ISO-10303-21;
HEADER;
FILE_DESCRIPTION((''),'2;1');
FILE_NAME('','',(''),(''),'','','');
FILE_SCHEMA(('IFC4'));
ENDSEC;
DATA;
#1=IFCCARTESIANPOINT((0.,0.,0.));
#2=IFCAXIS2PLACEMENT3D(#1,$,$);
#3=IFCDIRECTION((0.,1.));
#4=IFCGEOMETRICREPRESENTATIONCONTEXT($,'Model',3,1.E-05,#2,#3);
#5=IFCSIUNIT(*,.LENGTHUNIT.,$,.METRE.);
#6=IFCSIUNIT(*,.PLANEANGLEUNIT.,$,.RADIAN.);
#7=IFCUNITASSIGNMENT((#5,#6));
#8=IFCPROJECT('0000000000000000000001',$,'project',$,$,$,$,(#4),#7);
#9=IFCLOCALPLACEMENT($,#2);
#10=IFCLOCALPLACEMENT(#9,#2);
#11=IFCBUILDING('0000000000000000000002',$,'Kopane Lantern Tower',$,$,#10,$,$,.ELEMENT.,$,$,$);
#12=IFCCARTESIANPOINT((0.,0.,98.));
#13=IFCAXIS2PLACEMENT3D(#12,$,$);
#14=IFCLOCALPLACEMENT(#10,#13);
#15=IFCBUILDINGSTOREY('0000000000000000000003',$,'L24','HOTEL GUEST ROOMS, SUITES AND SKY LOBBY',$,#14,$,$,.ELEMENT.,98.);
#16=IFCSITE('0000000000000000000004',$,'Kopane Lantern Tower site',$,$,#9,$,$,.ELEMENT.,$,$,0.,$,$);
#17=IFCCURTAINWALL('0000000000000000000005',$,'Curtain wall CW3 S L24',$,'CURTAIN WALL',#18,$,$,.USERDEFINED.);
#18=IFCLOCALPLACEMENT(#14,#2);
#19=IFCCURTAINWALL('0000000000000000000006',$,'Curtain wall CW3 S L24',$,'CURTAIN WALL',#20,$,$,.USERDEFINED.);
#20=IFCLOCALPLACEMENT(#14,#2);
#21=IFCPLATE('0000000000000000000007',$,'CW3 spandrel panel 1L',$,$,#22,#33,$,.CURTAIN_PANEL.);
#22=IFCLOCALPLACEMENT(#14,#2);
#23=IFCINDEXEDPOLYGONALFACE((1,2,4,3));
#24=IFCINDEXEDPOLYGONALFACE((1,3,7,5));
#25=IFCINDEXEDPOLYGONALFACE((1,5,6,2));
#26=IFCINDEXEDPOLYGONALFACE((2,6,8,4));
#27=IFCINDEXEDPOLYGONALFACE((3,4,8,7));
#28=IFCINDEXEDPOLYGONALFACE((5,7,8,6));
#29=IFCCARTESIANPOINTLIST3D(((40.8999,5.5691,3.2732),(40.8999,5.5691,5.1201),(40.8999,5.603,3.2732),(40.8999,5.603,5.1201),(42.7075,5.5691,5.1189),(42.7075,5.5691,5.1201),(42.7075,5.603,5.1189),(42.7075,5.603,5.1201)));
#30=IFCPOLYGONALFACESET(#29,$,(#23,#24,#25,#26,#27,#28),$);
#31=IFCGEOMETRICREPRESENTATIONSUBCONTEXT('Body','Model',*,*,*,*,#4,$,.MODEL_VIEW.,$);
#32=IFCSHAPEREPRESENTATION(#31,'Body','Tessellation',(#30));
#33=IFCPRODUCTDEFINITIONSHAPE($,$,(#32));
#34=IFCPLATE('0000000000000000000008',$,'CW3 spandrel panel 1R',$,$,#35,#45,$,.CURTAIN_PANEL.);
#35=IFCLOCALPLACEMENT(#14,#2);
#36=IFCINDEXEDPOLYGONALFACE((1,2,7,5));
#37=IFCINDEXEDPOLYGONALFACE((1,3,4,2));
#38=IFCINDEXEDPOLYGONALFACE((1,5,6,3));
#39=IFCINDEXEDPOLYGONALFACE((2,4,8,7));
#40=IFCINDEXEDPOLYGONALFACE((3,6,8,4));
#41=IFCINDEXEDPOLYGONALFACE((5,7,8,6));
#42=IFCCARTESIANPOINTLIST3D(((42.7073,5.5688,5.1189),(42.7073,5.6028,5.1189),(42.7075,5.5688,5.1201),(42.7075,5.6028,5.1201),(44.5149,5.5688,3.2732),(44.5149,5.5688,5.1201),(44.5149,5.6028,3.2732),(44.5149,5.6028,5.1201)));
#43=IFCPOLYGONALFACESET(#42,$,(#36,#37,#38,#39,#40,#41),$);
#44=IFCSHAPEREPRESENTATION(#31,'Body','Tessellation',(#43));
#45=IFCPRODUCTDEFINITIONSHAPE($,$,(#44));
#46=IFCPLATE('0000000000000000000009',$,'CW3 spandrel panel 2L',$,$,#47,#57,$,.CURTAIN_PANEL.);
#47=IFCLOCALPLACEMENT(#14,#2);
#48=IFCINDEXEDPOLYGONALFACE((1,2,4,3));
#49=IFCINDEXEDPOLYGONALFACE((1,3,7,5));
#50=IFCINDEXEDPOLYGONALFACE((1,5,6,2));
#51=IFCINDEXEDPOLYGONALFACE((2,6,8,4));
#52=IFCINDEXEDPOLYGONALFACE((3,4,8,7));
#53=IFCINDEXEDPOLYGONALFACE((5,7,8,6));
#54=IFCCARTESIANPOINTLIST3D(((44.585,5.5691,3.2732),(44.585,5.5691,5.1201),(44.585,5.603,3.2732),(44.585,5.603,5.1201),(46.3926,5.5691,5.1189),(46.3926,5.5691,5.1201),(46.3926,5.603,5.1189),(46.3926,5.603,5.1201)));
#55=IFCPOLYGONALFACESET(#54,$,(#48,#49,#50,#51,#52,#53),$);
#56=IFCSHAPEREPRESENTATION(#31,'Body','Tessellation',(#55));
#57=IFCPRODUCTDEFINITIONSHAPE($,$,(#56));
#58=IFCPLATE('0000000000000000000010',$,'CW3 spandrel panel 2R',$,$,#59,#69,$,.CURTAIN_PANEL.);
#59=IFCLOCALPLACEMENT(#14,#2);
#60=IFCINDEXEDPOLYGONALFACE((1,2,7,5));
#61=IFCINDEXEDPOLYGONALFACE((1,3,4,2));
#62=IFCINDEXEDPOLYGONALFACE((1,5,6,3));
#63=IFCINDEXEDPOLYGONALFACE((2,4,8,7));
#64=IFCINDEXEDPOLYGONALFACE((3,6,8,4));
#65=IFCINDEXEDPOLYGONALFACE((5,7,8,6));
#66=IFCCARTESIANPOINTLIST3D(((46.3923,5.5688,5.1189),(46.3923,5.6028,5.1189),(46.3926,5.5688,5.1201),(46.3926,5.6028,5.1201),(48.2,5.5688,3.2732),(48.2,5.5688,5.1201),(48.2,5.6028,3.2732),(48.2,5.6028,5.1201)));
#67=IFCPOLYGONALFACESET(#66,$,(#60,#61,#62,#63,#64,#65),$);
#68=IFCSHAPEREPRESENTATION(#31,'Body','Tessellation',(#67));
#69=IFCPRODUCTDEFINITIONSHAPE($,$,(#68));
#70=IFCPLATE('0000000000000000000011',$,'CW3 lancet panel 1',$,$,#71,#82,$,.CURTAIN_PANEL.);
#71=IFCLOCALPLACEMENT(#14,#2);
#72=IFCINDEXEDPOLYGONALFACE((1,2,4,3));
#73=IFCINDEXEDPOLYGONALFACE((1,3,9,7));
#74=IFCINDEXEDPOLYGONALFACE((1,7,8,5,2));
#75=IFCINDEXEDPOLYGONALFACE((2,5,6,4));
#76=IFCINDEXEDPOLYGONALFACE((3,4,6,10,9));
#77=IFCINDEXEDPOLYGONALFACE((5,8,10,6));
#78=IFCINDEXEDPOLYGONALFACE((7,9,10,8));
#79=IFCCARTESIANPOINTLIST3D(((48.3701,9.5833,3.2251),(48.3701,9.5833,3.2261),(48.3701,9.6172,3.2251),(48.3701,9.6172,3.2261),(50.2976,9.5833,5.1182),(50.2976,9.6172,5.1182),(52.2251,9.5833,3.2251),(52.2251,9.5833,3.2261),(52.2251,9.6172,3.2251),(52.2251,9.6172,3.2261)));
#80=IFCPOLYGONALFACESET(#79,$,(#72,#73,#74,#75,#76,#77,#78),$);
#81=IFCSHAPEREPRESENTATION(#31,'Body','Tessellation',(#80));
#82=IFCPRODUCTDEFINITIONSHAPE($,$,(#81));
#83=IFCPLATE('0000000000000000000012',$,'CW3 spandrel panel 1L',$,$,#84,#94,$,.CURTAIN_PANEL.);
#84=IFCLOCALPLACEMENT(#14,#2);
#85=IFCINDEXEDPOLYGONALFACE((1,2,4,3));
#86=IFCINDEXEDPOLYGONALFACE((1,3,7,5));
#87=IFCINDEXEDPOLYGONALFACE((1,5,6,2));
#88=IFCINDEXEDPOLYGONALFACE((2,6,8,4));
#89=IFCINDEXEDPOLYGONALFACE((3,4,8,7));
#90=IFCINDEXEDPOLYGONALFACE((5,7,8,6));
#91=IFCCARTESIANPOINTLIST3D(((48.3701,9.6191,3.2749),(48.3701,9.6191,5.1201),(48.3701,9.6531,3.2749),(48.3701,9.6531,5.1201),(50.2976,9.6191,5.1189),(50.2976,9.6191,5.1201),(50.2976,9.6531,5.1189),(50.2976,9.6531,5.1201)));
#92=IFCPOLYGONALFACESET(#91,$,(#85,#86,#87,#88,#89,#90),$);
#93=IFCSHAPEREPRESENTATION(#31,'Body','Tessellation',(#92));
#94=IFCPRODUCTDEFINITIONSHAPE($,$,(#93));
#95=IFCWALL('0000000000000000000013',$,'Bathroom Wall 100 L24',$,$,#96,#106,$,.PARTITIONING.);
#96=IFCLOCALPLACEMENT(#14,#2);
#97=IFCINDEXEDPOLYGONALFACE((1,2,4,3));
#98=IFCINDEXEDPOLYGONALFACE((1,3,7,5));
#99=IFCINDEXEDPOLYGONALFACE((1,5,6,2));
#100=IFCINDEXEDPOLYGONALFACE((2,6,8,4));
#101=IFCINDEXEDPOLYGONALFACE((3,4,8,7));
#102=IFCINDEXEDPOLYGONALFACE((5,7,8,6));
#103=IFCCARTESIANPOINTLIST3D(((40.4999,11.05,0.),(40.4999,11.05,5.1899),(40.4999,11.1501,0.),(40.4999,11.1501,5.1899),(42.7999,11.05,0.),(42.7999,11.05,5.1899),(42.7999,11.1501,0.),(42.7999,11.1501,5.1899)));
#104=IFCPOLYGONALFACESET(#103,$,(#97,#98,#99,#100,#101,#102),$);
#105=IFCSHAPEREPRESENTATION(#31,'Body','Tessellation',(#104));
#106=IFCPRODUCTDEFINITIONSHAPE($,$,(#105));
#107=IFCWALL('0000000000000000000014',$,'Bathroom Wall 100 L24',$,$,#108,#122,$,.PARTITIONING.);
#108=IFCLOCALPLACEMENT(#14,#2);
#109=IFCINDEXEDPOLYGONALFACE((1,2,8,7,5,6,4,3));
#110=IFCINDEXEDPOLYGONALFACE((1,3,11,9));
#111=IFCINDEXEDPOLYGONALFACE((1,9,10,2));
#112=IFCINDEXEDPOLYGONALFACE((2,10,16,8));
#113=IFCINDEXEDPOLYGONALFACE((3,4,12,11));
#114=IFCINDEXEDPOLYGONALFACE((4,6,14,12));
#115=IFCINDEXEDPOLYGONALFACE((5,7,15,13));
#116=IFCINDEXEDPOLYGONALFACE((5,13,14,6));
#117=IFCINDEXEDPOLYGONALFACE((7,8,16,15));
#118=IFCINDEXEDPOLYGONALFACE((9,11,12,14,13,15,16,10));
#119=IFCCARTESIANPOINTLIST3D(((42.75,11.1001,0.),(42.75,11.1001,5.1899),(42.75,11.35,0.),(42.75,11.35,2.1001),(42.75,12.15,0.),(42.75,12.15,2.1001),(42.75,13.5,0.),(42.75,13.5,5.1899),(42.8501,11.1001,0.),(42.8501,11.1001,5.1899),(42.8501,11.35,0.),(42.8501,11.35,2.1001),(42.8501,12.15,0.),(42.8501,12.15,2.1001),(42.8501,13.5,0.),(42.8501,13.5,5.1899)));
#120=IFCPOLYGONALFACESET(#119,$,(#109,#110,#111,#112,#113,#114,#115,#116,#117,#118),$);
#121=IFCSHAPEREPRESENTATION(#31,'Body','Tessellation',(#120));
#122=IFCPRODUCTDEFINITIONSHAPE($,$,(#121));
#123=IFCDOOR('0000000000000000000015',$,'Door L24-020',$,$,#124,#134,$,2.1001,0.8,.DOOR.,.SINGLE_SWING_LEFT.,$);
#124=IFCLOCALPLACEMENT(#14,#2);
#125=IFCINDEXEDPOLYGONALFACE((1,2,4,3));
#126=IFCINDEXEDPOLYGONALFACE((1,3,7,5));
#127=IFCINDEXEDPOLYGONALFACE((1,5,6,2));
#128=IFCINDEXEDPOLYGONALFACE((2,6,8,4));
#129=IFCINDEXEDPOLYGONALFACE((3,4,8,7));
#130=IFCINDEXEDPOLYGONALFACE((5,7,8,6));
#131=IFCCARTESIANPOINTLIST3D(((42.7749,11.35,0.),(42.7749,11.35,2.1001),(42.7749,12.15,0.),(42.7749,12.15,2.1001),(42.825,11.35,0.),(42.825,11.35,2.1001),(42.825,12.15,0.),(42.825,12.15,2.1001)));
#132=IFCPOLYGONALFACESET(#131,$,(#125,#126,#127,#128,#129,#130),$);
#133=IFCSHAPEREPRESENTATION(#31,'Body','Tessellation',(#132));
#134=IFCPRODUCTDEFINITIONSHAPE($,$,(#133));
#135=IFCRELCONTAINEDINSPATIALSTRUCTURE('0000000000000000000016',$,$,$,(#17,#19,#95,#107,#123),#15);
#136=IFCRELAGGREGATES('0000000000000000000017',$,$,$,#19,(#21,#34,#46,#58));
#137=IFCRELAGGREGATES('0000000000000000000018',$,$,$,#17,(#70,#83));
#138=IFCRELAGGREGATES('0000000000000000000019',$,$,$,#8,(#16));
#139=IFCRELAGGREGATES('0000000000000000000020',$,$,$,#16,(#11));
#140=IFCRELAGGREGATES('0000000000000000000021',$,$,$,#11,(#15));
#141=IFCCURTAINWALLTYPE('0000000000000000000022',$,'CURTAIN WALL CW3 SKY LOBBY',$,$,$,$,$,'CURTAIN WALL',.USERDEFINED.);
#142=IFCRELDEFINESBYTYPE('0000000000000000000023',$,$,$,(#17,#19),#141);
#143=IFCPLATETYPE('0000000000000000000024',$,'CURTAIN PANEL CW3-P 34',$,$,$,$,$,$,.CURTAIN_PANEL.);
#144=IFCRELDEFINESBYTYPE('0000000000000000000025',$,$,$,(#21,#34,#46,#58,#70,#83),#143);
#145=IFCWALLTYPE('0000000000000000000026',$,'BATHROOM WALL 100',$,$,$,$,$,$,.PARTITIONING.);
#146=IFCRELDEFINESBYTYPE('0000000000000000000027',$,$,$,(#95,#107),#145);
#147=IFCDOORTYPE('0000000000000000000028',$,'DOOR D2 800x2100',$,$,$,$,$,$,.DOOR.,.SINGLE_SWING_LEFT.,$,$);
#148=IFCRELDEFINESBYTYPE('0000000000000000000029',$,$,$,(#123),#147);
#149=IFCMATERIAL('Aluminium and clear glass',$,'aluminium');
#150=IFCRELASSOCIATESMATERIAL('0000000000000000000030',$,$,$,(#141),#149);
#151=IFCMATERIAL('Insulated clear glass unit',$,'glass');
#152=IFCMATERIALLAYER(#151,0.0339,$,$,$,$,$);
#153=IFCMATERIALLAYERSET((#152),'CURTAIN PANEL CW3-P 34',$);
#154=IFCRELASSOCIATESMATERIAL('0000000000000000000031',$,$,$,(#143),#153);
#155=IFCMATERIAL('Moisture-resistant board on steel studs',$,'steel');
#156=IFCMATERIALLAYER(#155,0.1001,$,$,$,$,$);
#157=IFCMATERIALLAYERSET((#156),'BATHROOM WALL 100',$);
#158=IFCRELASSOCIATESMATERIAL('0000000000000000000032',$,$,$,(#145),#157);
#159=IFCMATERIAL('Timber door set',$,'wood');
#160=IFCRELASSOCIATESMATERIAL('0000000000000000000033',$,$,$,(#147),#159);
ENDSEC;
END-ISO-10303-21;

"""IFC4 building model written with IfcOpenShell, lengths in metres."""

from ifc_helpers import new_model, si_unit, direction, frame, frame_2d, origin, place, context, subcontext, project, spatial, polyline, rectangle, outline, extrude, material, layer, layer_set, type_object, element, fill, aggregate, save


model = new_model("IFC4")

# Units and contexts
model_context = context("Model", 3, precision=1e-05, world=origin(), true_north=direction((0.0, 1.0)))
body_context = subcontext(model_context, "Body", "Model", "MODEL_VIEW")
ifc_project = project(units=[si_unit("LENGTHUNIT", "METRE"), si_unit("PLANEANGLEUNIT", "RADIAN")], contexts=[model_context])

# Site, building, storey
site_placement = place(None, origin())
site = spatial("IfcSite", under=ifc_project, at=site_placement, Name="Kopane Lantern Tower site", CompositionType="ELEMENT", RefElevation=0.0)
building_placement = place(site_placement, origin())
building = spatial("IfcBuilding", under=site, at=building_placement, Name="Kopane Lantern Tower", CompositionType="ELEMENT")
storey_placement = place(building_placement, frame((0.0, 0.0, 98.0)))
storey = spatial("IfcBuildingStorey", under=building, at=storey_placement, Name="L24", Description="HOTEL GUEST ROOMS, SUITES AND SKY LOBBY", CompositionType="ELEMENT", Elevation=98.0)

# Curtain wall
ifc_material_1 = material(Name="Aluminium and clear glass", Category="aluminium")
curtain_wall_type = type_object("IfcCurtainWallType", Name="CURTAIN WALL CW3 SKY LOBBY", ElementType="CURTAIN WALL", PredefinedType="USERDEFINED", material=ifc_material_1)
curtain_wall_1_placement = place(storey_placement, origin())
curtain_wall_1 = element("IfcCurtainWall", 1, at=curtain_wall_1_placement, inside=storey, type_object=curtain_wall_type, Name="Curtain wall CW3 S L24", ObjectType="CURTAIN WALL", PredefinedType="USERDEFINED")

# Curtain wall, plates
ifc_material_2 = material(Name="Insulated clear glass unit", Category="glass")
ifc_layer_1 = layer(ifc_material_2, 0.0339)
ifc_layer_set_1 = layer_set([ifc_layer_1], Name="CURTAIN PANEL CW3-P 34")
plate_type = type_object("IfcPlateType", Name="CURTAIN PANEL CW3-P 34", PredefinedType="CURTAIN_PANEL", material=ifc_layer_set_1)
curtain_wall_2_placement = place(storey_placement, origin())
curtain_wall_2 = element("IfcCurtainWall", 2, at=curtain_wall_2_placement, inside=storey, type_object=curtain_wall_type, Name="Curtain wall CW3 S L24", ObjectType="CURTAIN WALL", PredefinedType="USERDEFINED")
plate_1_placement = place(storey_placement, frame((40.8999, 5.5859, 5.1201), z_axis=(0.0, 0.0, 1.0), x_axis=(1.0, 0.0, 0.0)))
plate_1 = element("IfcPlate", 3, at=plate_1_placement, type_object=plate_type, Name="CW3 spandrel panel 1L", PredefinedType="CURTAIN_PANEL", context=body_context, shape_type="SweptSolid", body=[
    extrude(outline(polyline([(0.0, 0.0), (1.8076, 0.0), (1.8076, -0.0012), (0.0, -1.8469), (0.0, 0.0)])), frame((0.0, 0.0171, 0.0), z_axis=(0.0, -1.0, 0.0), x_axis=(1.0, 0.0, 0.0)), (0.0, 0.0, 1.0), 0.0339),
])
plate_2_placement = place(storey_placement, frame((44.5149, 5.5859, 5.1201), z_axis=(0.0, 0.0, 1.0), x_axis=(-1.0, 0.0, 0.0)))
plate_2 = element("IfcPlate", 4, at=plate_2_placement, type_object=plate_type, Name="CW3 spandrel panel 1R", PredefinedType="CURTAIN_PANEL", context=body_context, shape_type="SweptSolid", body=[
    extrude(outline(polyline([(0.0, 0.0), (1.8074, 0.0), (1.8076, -0.0012), (0.0, -1.8469), (0.0, 0.0)])), frame((0.0, 0.0171, 0.0), z_axis=(0.0, -1.0, 0.0), x_axis=(1.0, 0.0, 0.0)), (0.0, 0.0, 1.0), 0.0339),
])
plate_3_placement = place(storey_placement, frame((44.585, 5.5859, 5.1201), z_axis=(0.0, 0.0, 1.0), x_axis=(1.0, 0.0, 0.0)))
plate_3 = element("IfcPlate", 5, at=plate_3_placement, type_object=plate_type, Name="CW3 spandrel panel 2L", PredefinedType="CURTAIN_PANEL", context=body_context, shape_type="SweptSolid", body=[
    extrude(outline(polyline([(0.0, 0.0), (1.8076, 0.0), (1.8076, -0.0012), (0.0, -1.8469), (0.0, 0.0)])), frame((0.0, 0.0171, 0.0), z_axis=(0.0, -1.0, 0.0), x_axis=(1.0, 0.0, 0.0)), (0.0, 0.0, 1.0), 0.0339),
])
plate_4_placement = place(storey_placement, frame((48.2, 5.5859, 5.1201), z_axis=(0.0, 0.0, 1.0), x_axis=(-1.0, 0.0, 0.0)))
plate_4 = element("IfcPlate", 6, at=plate_4_placement, type_object=plate_type, Name="CW3 spandrel panel 2R", PredefinedType="CURTAIN_PANEL", context=body_context, shape_type="SweptSolid", body=[
    extrude(outline(polyline([(0.0, 0.0), (1.8074, 0.0), (1.8076, -0.0012), (0.0, -1.8469), (0.0, 0.0)])), frame((0.0, 0.0171, 0.0), z_axis=(0.0, -1.0, 0.0), x_axis=(1.0, 0.0, 0.0)), (0.0, 0.0, 1.0), 0.0339),
])
aggregate(curtain_wall_2, [plate_1, plate_2, plate_3, plate_4])

# Plates
plate_5_placement = place(storey_placement, frame((48.3701, 9.6001, 3.2251), z_axis=(0.0, 0.0, 1.0), x_axis=(1.0, 0.0, 0.0)))
plate_5 = element("IfcPlate", 7, at=plate_5_placement, type_object=plate_type, Name="CW3 lancet panel 1", PredefinedType="CURTAIN_PANEL", context=body_context, shape_type="SweptSolid", body=[
    extrude(outline(polyline([(0.0, 0.0), (3.855, 0.0), (3.855, 0.001), (1.9275, 1.8931), (0.0, 0.001), (0.0, 0.0)])), frame((0.0, 0.0171, 0.0), z_axis=(0.0, -1.0, 0.0), x_axis=(1.0, 0.0, 0.0)), (0.0, 0.0, 1.0), 0.0339),
])
plate_6_placement = place(storey_placement, frame((48.3701, 9.636, 5.1201), z_axis=(0.0, 0.0, 1.0), x_axis=(1.0, 0.0, 0.0)))
plate_6 = element("IfcPlate", 8, at=plate_6_placement, type_object=plate_type, Name="CW3 spandrel panel 1L", PredefinedType="CURTAIN_PANEL", context=body_context, shape_type="SweptSolid", body=[
    extrude(outline(polyline([(0.0, 0.0), (1.9275, 0.0), (1.9275, -0.0012), (0.0, -1.8452), (0.0, 0.0)])), frame((0.0, 0.0171, 0.0), z_axis=(0.0, -1.0, 0.0), x_axis=(1.0, 0.0, 0.0)), (0.0, 0.0, 1.0), 0.0339),
])
aggregate(curtain_wall_1, [plate_5, plate_6])

# Wall
ifc_material_3 = material(Name="Moisture-resistant board on steel studs", Category="steel")
ifc_layer_2 = layer(ifc_material_3, 0.1001)
ifc_layer_set_2 = layer_set([ifc_layer_2], Name="BATHROOM WALL 100")
wall_type_1 = type_object("IfcWallType", Name="BATHROOM WALL 100", PredefinedType="PARTITIONING", material=ifc_layer_set_2)
wall_1_placement = place(storey_placement, frame((40.5, 11.1001, 0.0), z_axis=(0.0, 0.0, 1.0), x_axis=(1.0, 0.0, 0.0)))
element("IfcWall", 9, at=wall_1_placement, inside=storey, type_object=wall_type_1, Name="Bathroom Wall 100 L24", PredefinedType="PARTITIONING", context=body_context, shape_type="SweptSolid", body=[
    extrude(rectangle(XDim=2.3, YDim=0.1001, at=frame_2d((1.1499, 0.0))), origin(), (0.0, 0.0, 1.0), 5.1899),
])

# Wall, opening, door
wall_2_placement = place(storey_placement, frame((42.8, 13.5, 0.0), z_axis=(0.0, 0.0, 1.0), x_axis=(0.0, -1.0, 0.0)))
wall_2 = element("IfcWall", 10, at=wall_2_placement, inside=storey, type_object=wall_type_1, Name="Bathroom Wall 100 L24", PredefinedType="PARTITIONING", context=body_context, shape_type="SweptSolid", body=[
    extrude(rectangle(XDim=2.3999, YDim=0.1001, at=frame_2d((1.2, 0.0))), origin(), (0.0, 0.0, 1.0), 5.1899),
])
opening_1_placement = place(wall_2_placement, frame((1.3501, 0.0, 0.0)))
opening_1 = element("IfcOpeningElement", 11, at=opening_1_placement, cuts=wall_2, PredefinedType="OPENING", context=body_context, shape_type="SweptSolid", body=[
    extrude(rectangle(XDim=0.8, YDim=2.1001, at=frame_2d((0.3999, 1.05))), frame((0.0, 0.0601, 0.0), z_axis=(0.0, -1.0, 0.0), x_axis=(1.0, 0.0, 0.0)), (0.0, 0.0, 1.0), 0.1201),
])
ifc_material_4 = material(Name="Timber door set", Category="wood")
door_type_1 = type_object("IfcDoorType", Name="DOOR D2 800x2100", OperationType="SINGLE_SWING_LEFT", PredefinedType="DOOR", material=ifc_material_4)
door_1_placement = place(opening_1_placement, origin())
door_1 = element("IfcDoor", 12, at=door_1_placement, inside=storey, type_object=door_type_1, Name="Door L24-020", OperationType="SINGLE_SWING_LEFT", OverallHeight=2.1001, OverallWidth=0.8, PredefinedType="DOOR", context=body_context, shape_type="SweptSolid", body=[
    extrude(rectangle(XDim=0.8, YDim=2.1001, at=frame_2d((0.3999, 1.05))), frame((0.0, 0.0249, 0.0), z_axis=(0.0, -1.0, 0.0), x_axis=(1.0, 0.0, 0.0)), (0.0, 0.0, 1.0), 0.05),
])
fill(opening_1, door_1)

save(model, "model.ifc")
